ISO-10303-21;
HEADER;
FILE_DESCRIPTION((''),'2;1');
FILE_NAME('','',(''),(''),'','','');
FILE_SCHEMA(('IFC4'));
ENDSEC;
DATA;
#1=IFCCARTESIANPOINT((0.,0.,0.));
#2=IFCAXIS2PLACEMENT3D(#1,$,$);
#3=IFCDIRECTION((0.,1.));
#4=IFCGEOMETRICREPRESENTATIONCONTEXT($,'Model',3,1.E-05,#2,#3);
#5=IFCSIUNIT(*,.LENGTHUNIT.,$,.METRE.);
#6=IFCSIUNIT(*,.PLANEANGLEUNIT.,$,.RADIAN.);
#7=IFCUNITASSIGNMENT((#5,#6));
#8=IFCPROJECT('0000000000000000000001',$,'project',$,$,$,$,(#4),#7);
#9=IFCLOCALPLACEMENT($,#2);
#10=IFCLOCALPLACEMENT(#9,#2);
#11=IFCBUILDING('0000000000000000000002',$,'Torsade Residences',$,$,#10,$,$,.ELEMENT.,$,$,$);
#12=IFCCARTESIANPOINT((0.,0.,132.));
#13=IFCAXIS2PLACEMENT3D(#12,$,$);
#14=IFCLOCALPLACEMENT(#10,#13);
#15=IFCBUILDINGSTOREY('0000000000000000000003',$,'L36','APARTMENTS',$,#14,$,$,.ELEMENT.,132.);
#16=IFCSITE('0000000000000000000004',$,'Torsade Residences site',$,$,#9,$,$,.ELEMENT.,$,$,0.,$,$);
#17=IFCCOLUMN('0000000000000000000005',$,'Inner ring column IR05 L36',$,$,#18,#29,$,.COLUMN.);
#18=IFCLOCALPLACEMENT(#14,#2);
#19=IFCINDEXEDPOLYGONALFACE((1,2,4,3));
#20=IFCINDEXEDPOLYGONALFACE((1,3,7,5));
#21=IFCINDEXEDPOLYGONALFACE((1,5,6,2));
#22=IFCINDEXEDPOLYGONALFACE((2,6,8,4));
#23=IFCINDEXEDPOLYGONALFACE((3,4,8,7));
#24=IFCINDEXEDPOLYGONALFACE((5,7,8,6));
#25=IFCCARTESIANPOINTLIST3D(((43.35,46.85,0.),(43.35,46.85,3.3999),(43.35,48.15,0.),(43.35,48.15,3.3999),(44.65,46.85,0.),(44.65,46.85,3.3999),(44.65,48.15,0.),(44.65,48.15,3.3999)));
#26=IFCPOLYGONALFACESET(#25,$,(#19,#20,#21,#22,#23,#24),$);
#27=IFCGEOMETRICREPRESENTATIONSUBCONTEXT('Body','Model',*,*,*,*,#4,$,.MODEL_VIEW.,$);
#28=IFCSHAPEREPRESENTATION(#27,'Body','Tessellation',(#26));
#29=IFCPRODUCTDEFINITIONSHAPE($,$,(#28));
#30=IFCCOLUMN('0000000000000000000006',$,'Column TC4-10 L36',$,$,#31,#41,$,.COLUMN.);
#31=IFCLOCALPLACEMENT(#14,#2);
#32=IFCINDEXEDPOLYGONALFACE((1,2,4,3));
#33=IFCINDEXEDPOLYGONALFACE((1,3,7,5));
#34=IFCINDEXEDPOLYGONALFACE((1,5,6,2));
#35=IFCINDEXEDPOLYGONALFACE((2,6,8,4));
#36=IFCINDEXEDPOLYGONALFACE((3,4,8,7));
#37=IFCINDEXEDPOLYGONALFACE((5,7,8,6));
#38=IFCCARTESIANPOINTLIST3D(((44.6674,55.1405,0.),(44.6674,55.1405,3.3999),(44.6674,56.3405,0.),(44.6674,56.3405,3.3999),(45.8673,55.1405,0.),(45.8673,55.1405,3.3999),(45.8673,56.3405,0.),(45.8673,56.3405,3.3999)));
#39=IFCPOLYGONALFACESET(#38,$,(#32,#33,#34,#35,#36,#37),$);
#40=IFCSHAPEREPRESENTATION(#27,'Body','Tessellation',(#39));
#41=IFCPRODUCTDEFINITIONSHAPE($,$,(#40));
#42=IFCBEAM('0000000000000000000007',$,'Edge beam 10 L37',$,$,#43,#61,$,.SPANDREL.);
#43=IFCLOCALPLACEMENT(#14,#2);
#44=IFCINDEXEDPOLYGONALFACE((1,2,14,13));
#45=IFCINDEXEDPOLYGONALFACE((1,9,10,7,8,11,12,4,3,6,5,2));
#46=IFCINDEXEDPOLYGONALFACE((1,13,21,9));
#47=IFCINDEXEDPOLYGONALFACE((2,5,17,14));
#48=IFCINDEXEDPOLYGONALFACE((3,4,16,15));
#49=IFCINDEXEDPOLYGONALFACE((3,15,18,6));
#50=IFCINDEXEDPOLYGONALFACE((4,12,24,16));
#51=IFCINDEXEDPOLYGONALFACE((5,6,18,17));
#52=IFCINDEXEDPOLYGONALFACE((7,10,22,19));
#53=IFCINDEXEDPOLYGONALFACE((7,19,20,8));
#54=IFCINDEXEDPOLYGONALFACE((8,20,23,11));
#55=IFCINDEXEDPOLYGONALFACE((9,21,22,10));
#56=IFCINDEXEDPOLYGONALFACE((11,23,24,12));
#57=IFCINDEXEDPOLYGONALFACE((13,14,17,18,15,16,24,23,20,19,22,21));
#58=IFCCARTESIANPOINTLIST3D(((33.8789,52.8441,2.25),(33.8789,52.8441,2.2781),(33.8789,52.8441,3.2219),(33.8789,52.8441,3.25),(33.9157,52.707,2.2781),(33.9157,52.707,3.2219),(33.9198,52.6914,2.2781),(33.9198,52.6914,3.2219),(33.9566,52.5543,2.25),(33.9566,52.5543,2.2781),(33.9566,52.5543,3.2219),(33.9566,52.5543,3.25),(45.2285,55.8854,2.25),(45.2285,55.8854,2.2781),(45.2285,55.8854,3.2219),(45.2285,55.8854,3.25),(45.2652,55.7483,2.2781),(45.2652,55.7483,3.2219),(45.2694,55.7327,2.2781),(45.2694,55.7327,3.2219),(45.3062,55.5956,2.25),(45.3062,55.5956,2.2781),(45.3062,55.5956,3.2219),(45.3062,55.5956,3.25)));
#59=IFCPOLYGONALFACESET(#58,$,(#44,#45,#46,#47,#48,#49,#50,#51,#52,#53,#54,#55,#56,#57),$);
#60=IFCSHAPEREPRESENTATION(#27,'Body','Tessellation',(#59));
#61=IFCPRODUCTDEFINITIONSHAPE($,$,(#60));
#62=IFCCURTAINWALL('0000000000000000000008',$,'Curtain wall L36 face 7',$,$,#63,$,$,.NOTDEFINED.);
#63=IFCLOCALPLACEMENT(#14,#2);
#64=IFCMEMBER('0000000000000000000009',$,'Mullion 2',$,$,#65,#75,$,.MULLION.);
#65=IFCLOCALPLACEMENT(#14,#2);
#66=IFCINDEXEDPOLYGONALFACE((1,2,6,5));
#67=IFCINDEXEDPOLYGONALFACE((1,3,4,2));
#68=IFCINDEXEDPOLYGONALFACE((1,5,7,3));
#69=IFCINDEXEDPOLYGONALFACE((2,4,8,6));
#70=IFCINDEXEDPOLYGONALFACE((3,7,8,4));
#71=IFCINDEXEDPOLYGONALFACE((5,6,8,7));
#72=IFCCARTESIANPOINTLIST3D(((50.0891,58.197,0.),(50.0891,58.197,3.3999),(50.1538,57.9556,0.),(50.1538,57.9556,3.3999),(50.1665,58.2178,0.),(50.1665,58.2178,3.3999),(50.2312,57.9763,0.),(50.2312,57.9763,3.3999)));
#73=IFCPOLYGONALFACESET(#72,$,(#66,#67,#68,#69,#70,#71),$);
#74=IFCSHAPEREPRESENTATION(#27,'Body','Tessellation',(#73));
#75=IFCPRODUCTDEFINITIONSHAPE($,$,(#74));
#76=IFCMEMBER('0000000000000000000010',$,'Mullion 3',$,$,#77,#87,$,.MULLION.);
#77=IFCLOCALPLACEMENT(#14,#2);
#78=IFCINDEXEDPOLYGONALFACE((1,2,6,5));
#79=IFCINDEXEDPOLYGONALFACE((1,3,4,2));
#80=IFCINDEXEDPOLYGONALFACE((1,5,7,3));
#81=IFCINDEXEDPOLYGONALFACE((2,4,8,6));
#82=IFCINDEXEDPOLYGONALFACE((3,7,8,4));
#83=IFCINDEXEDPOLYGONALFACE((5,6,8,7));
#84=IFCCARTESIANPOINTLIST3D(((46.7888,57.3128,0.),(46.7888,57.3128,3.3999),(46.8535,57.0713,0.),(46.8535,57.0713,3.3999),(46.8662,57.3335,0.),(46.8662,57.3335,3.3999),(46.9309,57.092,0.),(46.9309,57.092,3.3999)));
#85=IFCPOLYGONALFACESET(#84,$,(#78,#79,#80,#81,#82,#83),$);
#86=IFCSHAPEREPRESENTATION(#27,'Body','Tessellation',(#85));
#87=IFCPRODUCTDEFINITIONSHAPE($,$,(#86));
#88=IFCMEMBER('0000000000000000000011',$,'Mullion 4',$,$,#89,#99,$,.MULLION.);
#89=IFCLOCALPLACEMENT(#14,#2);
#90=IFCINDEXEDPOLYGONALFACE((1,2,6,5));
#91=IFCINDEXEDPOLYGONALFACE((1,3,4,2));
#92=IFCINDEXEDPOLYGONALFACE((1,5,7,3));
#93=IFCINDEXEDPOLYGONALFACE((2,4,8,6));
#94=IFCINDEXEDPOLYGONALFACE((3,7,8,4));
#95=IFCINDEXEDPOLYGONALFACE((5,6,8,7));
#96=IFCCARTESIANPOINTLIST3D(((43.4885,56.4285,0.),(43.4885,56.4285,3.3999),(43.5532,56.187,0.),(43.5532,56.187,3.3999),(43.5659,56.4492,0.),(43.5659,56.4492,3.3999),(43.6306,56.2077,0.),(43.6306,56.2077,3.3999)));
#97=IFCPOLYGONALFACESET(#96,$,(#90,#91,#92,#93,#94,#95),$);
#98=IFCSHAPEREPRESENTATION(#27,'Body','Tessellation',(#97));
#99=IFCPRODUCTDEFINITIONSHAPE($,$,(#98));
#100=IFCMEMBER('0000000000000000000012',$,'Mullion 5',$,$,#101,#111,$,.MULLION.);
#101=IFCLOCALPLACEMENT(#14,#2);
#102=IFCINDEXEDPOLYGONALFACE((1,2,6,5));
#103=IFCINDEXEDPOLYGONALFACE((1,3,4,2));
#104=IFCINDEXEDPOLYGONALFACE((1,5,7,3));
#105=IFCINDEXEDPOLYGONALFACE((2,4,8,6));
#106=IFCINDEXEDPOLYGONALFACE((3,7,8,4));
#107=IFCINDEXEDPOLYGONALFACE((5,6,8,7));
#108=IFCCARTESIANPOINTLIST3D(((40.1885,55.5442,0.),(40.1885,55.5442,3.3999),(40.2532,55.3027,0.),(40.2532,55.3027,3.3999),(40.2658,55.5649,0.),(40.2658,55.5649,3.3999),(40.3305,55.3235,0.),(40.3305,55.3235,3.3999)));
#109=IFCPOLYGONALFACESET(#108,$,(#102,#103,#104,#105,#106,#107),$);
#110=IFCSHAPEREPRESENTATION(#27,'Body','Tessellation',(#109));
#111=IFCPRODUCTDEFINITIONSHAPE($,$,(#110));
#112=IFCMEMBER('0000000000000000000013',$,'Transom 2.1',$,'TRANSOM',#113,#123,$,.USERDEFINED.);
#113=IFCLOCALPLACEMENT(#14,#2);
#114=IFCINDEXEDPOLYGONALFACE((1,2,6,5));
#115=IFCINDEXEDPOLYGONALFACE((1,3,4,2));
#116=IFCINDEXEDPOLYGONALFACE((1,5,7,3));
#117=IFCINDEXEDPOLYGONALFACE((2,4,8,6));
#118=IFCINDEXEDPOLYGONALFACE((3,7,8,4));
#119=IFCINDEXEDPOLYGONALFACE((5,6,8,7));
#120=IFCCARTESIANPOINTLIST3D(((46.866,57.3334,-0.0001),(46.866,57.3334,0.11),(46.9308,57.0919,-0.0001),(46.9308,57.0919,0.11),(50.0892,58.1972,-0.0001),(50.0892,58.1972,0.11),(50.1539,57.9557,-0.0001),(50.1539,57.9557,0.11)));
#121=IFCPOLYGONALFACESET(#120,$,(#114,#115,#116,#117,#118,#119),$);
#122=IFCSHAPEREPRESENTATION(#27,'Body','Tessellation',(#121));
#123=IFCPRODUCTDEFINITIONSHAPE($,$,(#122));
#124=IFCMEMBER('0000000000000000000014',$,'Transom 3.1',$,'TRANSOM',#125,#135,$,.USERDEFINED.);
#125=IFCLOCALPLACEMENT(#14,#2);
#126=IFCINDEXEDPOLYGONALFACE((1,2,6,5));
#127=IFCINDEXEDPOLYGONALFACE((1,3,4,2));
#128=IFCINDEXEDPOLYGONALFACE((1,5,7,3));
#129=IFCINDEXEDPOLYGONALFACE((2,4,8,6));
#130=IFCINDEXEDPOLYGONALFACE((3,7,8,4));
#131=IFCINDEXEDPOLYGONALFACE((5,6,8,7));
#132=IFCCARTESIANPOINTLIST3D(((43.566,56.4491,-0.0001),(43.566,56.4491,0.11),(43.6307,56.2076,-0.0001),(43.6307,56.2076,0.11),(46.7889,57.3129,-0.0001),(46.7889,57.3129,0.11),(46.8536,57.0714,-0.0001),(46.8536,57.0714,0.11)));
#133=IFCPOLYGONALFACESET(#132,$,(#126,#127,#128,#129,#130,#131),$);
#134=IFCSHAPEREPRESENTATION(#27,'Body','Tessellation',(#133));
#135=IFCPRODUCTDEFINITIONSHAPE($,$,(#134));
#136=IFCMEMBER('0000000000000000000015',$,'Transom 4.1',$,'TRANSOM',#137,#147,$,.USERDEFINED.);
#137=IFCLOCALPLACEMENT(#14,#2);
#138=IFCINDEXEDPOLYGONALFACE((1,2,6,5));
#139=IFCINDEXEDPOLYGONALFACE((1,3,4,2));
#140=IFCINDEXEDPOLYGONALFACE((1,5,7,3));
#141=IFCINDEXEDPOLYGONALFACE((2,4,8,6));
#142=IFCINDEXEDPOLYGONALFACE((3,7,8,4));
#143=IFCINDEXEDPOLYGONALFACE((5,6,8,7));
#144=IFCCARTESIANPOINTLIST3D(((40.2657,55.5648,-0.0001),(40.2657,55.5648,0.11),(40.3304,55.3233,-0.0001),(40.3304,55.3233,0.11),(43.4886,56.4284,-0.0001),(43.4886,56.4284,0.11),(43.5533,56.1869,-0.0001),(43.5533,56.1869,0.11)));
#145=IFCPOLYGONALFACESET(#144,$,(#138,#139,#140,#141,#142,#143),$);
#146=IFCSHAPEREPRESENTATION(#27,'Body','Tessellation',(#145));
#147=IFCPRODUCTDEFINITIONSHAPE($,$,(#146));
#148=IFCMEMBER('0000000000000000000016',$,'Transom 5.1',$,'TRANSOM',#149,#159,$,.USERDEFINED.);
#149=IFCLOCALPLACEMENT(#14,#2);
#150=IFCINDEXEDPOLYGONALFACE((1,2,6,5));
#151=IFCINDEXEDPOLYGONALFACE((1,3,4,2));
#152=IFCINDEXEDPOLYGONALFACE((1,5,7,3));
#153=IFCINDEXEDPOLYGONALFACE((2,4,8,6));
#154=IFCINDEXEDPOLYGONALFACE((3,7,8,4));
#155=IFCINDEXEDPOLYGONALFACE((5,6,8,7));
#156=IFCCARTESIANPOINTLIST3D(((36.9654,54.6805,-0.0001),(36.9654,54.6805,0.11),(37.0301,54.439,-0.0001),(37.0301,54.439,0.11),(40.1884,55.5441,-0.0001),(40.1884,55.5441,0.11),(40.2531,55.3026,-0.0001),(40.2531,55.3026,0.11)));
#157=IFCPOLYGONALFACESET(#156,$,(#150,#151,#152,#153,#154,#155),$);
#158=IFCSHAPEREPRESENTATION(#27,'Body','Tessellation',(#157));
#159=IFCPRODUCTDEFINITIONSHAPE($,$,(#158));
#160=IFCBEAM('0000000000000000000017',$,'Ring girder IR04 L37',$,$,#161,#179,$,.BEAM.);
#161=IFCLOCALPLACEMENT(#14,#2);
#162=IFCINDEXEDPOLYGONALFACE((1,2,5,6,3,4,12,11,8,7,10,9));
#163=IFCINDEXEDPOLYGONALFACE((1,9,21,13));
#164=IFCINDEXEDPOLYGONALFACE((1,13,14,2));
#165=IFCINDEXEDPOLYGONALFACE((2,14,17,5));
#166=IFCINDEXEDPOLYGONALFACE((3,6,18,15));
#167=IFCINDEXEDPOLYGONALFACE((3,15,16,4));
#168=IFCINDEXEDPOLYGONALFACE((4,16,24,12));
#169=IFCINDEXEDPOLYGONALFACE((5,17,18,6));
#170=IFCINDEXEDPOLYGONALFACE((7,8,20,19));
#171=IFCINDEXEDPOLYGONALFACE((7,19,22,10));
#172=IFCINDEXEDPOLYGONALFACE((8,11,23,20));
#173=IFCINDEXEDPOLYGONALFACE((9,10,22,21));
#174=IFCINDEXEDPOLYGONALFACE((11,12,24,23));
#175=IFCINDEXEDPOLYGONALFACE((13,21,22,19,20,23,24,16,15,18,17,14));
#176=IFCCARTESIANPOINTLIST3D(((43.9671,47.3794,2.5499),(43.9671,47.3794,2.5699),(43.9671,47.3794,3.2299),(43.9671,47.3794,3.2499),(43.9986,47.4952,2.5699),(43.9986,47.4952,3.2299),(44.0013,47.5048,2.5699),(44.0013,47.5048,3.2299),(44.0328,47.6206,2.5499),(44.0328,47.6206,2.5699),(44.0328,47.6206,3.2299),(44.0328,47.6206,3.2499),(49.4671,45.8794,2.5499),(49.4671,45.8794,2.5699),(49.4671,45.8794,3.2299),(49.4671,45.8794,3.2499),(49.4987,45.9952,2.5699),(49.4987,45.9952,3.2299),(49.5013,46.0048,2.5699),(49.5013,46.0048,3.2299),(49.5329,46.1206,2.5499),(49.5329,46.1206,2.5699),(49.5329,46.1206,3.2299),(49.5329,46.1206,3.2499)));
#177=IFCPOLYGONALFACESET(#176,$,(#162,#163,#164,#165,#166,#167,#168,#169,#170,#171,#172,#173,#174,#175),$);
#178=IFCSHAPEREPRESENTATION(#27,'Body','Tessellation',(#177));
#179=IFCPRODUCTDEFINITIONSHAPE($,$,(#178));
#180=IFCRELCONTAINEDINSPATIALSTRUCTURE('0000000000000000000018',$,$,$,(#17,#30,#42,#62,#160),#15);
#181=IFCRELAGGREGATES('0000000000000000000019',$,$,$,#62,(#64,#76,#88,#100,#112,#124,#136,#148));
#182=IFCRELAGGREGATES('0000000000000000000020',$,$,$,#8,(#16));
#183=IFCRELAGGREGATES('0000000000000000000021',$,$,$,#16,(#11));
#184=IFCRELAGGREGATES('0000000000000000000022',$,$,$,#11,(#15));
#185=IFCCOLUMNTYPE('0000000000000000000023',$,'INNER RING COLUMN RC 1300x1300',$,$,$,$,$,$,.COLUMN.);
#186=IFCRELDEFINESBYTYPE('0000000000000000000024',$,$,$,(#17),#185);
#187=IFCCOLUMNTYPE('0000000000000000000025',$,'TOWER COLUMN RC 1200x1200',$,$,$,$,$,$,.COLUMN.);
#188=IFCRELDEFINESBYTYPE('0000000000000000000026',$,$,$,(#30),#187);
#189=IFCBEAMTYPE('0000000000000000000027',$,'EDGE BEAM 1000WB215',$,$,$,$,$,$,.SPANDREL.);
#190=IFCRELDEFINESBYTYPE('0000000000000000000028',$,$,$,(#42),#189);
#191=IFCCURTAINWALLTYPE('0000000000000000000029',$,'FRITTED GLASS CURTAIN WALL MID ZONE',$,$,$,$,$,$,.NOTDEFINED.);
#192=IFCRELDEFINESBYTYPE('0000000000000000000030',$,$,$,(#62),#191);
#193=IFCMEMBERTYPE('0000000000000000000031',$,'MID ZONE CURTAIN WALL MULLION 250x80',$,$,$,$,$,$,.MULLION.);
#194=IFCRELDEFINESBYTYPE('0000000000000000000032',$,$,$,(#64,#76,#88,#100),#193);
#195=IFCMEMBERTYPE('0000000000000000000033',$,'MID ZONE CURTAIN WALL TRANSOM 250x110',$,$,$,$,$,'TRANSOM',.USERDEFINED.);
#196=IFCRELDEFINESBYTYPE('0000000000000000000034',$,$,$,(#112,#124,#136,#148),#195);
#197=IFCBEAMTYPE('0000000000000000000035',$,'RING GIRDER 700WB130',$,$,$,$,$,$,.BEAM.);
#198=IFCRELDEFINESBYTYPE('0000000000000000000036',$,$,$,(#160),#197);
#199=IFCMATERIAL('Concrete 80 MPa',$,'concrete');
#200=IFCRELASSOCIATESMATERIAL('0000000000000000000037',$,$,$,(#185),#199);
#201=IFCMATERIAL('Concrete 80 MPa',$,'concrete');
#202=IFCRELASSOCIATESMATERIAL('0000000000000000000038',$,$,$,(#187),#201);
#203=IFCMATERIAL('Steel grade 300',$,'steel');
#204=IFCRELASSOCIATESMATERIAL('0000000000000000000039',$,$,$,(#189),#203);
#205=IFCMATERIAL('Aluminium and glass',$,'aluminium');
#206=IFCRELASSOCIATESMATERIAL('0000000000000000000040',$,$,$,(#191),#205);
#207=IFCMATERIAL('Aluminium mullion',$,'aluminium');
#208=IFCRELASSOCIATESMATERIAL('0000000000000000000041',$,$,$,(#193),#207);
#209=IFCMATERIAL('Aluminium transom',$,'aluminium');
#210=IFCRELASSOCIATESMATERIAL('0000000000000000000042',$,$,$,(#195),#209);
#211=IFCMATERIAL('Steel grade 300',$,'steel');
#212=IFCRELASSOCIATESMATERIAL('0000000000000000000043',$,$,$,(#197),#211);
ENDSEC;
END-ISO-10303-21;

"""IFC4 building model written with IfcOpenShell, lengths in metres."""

from ifc_helpers import new_model, si_unit, direction, frame, origin, origin_2d, place, context, subcontext, project, spatial, rectangle, i_section, extrude, material, material_profile, profile_set, type_object, element, aggregate, save


model = new_model("IFC4")

# Units and contexts
model_context = context("Model", 3, precision=1e-05, world=origin(), true_north=direction((0.0, 1.0)))
body_context = subcontext(model_context, "Body", "Model", "MODEL_VIEW")
ifc_project = project(units=[si_unit("LENGTHUNIT", "METRE"), si_unit("PLANEANGLEUNIT", "RADIAN")], contexts=[model_context])

# Site, building, storey
site_placement = place(None, origin())
site = spatial("IfcSite", under=ifc_project, at=site_placement, Name="Torsade Residences site", CompositionType="ELEMENT", RefElevation=0.0)
building_placement = place(site_placement, origin())
building = spatial("IfcBuilding", under=site, at=building_placement, Name="Torsade Residences", CompositionType="ELEMENT")
storey_placement = place(building_placement, frame((0.0, 0.0, 132.0)))
storey = spatial("IfcBuildingStorey", under=building, at=storey_placement, Name="L36", Description="APARTMENTS", CompositionType="ELEMENT", Elevation=132.0)

# Columns
ifc_material_1 = material(Name="Concrete 80 MPa", Category="concrete")
ifc_material_profile_1 = material_profile(ifc_material_1, rectangle(XDim=1.3, YDim=1.3, at=origin_2d()), Name="RC 1300x1300")
ifc_profile_set_1 = profile_set([ifc_material_profile_1], Name="Concrete 80 MPa")
column_type_1 = type_object("IfcColumnType", Name="INNER RING COLUMN RC 1300x1300", PredefinedType="COLUMN", material=ifc_profile_set_1)
column_1_placement = place(storey_placement, frame((44.0, 47.5, 0.0), z_axis=(0.0, 0.0, 1.0), x_axis=(1.0, 0.0, 0.0)))
element("IfcColumn", 1, at=column_1_placement, inside=storey, type_object=column_type_1, Name="Inner ring column IR05 L36", PredefinedType="COLUMN", context=body_context, shape_type="SweptSolid", body=[
    extrude(rectangle(XDim=1.3, YDim=1.3, at=origin_2d()), origin(), (0.0, 0.0, 1.0), 3.3999),
])
ifc_material_2 = material(Name="Concrete 80 MPa", Category="concrete")
ifc_material_profile_2 = material_profile(ifc_material_2, rectangle(XDim=1.2, YDim=1.2, at=origin_2d()), Name="RC 1200x1200")
ifc_profile_set_2 = profile_set([ifc_material_profile_2], Name="Concrete 80 MPa")
column_type_2 = type_object("IfcColumnType", Name="TOWER COLUMN RC 1200x1200", PredefinedType="COLUMN", material=ifc_profile_set_2)
column_2_placement = place(storey_placement, frame((45.2673, 55.7405, 0.0), z_axis=(0.0, 0.0, 1.0), x_axis=(1.0, 0.0, 0.0)))
element("IfcColumn", 2, at=column_2_placement, inside=storey, type_object=column_type_2, Name="Column TC4-10 L36", PredefinedType="COLUMN", context=body_context, shape_type="SweptSolid", body=[
    extrude(rectangle(XDim=1.2, YDim=1.2, at=origin_2d()), origin(), (0.0, 0.0, 1.0), 3.3999),
])

# Beam
ifc_material_3 = material(Name="Steel grade 300", Category="steel")
ifc_material_profile_3 = material_profile(ifc_material_3, i_section(OverallWidth=0.3, OverallDepth=1.0, WebThickness=0.0161, FlangeThickness=0.0281, at=origin_2d()), Name="1000WB215")
ifc_profile_set_3 = profile_set([ifc_material_profile_3], Name="Steel grade 300")
beam_type_1 = type_object("IfcBeamType", Name="EDGE BEAM 1000WB215", PredefinedType="SPANDREL", material=ifc_profile_set_3)
beam_1_placement = place(storey_placement, frame((45.2673, 55.7405, 2.75), z_axis=(-0.965923, -0.25883, 0.0), x_axis=(0.25883, -0.965923, 0.0)))
element("IfcBeam", 3, at=beam_1_placement, inside=storey, type_object=beam_type_1, Name="Edge beam 10 L37", PredefinedType="SPANDREL", context=body_context, shape_type="SweptSolid", body=[
    extrude(i_section(OverallWidth=0.3, OverallDepth=1.0, WebThickness=0.0161, FlangeThickness=0.0281, at=origin_2d()), origin(), (0.0, 0.0, 1.0), 11.75),
])

# Curtain wall, members
ifc_material_4 = material(Name="Aluminium and glass", Category="aluminium")
curtain_wall_type = type_object("IfcCurtainWallType", Name="FRITTED GLASS CURTAIN WALL MID ZONE", PredefinedType="NOTDEFINED", material=ifc_material_4)
curtain_wall_placement = place(storey_placement, origin())
curtain_wall = element("IfcCurtainWall", 4, at=curtain_wall_placement, inside=storey, type_object=curtain_wall_type, Name="Curtain wall L36 face 7", PredefinedType="NOTDEFINED")
ifc_material_5 = material(Name="Aluminium mullion", Category="aluminium")
ifc_material_profile_4 = material_profile(ifc_material_5, rectangle(XDim=0.25, YDim=0.0801, at=origin_2d()), Name="MID ZONE CURTAIN WALL MULLION 250x80")
ifc_profile_set_4 = profile_set([ifc_material_profile_4], Name="Aluminium mullion")
member_type_1 = type_object("IfcMemberType", Name="MID ZONE CURTAIN WALL MULLION 250x80", PredefinedType="MULLION", material=ifc_profile_set_4)
member_1_placement = place(storey_placement, frame((50.1602, 58.0867, 0.0), z_axis=(0.0, 0.0, 1.0), x_axis=(0.258819, -0.965926, 0.0)))
member_1 = element("IfcMember", 5, at=member_1_placement, type_object=member_type_1, Name="Mullion 2", PredefinedType="MULLION", context=body_context, shape_type="SweptSolid", body=[
    extrude(rectangle(XDim=0.25, YDim=0.0801, at=origin_2d()), origin(), (0.0, 0.0, 1.0), 3.3999),
])
member_2_placement = place(storey_placement, frame((46.8599, 57.2024, 0.0), z_axis=(0.0, 0.0, 1.0), x_axis=(0.258819, -0.965926, 0.0)))
member_2 = element("IfcMember", 6, at=member_2_placement, type_object=member_type_1, Name="Mullion 3", PredefinedType="MULLION", context=body_context, shape_type="SweptSolid", body=[
    extrude(rectangle(XDim=0.25, YDim=0.0801, at=origin_2d()), origin(), (0.0, 0.0, 1.0), 3.3999),
])
member_3_placement = place(storey_placement, frame((43.5596, 56.3181, 0.0), z_axis=(0.0, 0.0, 1.0), x_axis=(0.258819, -0.965926, 0.0)))
member_3 = element("IfcMember", 7, at=member_3_placement, type_object=member_type_1, Name="Mullion 4", PredefinedType="MULLION", context=body_context, shape_type="SweptSolid", body=[
    extrude(rectangle(XDim=0.25, YDim=0.0801, at=origin_2d()), origin(), (0.0, 0.0, 1.0), 3.3999),
])
member_4_placement = place(storey_placement, frame((40.2595, 55.4338, 0.0), z_axis=(0.0, 0.0, 1.0), x_axis=(0.258819, -0.965926, 0.0)))
member_4 = element("IfcMember", 8, at=member_4_placement, type_object=member_type_1, Name="Mullion 5", PredefinedType="MULLION", context=body_context, shape_type="SweptSolid", body=[
    extrude(rectangle(XDim=0.25, YDim=0.0801, at=origin_2d()), origin(), (0.0, 0.0, 1.0), 3.3999),
])
ifc_material_6 = material(Name="Aluminium transom", Category="aluminium")
ifc_material_profile_5 = material_profile(ifc_material_6, rectangle(XDim=0.25, YDim=0.1101, at=origin_2d()), Name="MID ZONE CURTAIN WALL TRANSOM 250x110")
ifc_profile_set_5 = profile_set([ifc_material_profile_5], Name="Aluminium transom")
member_type_2 = type_object("IfcMemberType", Name="MID ZONE CURTAIN WALL TRANSOM 250x110", ElementType="TRANSOM", PredefinedType="USERDEFINED", material=ifc_profile_set_5)
member_5_placement = place(storey_placement, frame((50.1216, 58.0764, 0.0549), z_axis=(-0.965916, -0.258856, 0.0), x_axis=(0.258856, -0.965916, 0.0)))
member_5 = element("IfcMember", 9, at=member_5_placement, type_object=member_type_2, Name="Transom 2.1", ObjectType="TRANSOM", PredefinedType="USERDEFINED", context=body_context, shape_type="SweptSolid", body=[
    extrude(rectangle(XDim=0.25, YDim=0.1101, at=origin_2d()), origin(), (0.0, 0.0, 1.0), 3.3369),
])
member_6_placement = place(storey_placement, frame((46.8213, 57.1921, 0.0549), z_axis=(-0.965911, -0.258874, 0.0), x_axis=(0.258874, -0.965911, 0.0)))
member_6 = element("IfcMember", 10, at=member_6_placement, type_object=member_type_2, Name="Transom 3.1", ObjectType="TRANSOM", PredefinedType="USERDEFINED", context=body_context, shape_type="SweptSolid", body=[
    extrude(rectangle(XDim=0.25, YDim=0.1101, at=origin_2d()), origin(), (0.0, 0.0, 1.0), 3.3367),
])
member_7_placement = place(storey_placement, frame((43.521, 56.3076, 0.0549), z_axis=(-0.965929, -0.258806, 0.0), x_axis=(0.258806, -0.965929, 0.0)))
member_7 = element("IfcMember", 11, at=member_7_placement, type_object=member_type_2, Name="Transom 4.1", ObjectType="TRANSOM", PredefinedType="USERDEFINED", context=body_context, shape_type="SweptSolid", body=[
    extrude(rectangle(XDim=0.25, YDim=0.1101, at=origin_2d()), origin(), (0.0, 0.0, 1.0), 3.3367),
])
member_8_placement = place(storey_placement, frame((40.2207, 55.4233, 0.0549), z_axis=(-0.965929, -0.258806, 0.0), x_axis=(0.258806, -0.965929, 0.0)))
member_8 = element("IfcMember", 12, at=member_8_placement, type_object=member_type_2, Name="Transom 5.1", ObjectType="TRANSOM", PredefinedType="USERDEFINED", context=body_context, shape_type="SweptSolid", body=[
    extrude(rectangle(XDim=0.25, YDim=0.1101, at=origin_2d()), origin(), (0.0, 0.0, 1.0), 3.3367),
])

# Beam
ifc_material_7 = material(Name="Steel grade 300", Category="steel")
ifc_material_profile_6 = material_profile(ifc_material_7, i_section(OverallWidth=0.25, OverallDepth=0.7, WebThickness=0.01, FlangeThickness=0.02, at=origin_2d()), Name="700WB130")
ifc_profile_set_6 = profile_set([ifc_material_profile_6], Name="Steel grade 300")
beam_type_2 = type_object("IfcBeamType", Name="RING GIRDER 700WB130", PredefinedType="BEAM", material=ifc_profile_set_6)
beam_2_placement = place(storey_placement, frame((49.5, 46.0, 2.8999), z_axis=(-0.964764, 0.263117, 0.0), x_axis=(-0.263117, -0.964764, 0.0)))
element("IfcBeam", 13, at=beam_2_placement, inside=storey, type_object=beam_type_2, Name="Ring girder IR04 L37", PredefinedType="BEAM", context=body_context, shape_type="SweptSolid", body=[
    extrude(i_section(OverallWidth=0.25, OverallDepth=0.7, WebThickness=0.01, FlangeThickness=0.02, at=origin_2d()), origin(), (0.0, 0.0, 1.0), 5.7009),
])

aggregate(curtain_wall, [member_1, member_2, member_3, member_4, member_5, member_6, member_7, member_8])

save(model, "model.ifc")
